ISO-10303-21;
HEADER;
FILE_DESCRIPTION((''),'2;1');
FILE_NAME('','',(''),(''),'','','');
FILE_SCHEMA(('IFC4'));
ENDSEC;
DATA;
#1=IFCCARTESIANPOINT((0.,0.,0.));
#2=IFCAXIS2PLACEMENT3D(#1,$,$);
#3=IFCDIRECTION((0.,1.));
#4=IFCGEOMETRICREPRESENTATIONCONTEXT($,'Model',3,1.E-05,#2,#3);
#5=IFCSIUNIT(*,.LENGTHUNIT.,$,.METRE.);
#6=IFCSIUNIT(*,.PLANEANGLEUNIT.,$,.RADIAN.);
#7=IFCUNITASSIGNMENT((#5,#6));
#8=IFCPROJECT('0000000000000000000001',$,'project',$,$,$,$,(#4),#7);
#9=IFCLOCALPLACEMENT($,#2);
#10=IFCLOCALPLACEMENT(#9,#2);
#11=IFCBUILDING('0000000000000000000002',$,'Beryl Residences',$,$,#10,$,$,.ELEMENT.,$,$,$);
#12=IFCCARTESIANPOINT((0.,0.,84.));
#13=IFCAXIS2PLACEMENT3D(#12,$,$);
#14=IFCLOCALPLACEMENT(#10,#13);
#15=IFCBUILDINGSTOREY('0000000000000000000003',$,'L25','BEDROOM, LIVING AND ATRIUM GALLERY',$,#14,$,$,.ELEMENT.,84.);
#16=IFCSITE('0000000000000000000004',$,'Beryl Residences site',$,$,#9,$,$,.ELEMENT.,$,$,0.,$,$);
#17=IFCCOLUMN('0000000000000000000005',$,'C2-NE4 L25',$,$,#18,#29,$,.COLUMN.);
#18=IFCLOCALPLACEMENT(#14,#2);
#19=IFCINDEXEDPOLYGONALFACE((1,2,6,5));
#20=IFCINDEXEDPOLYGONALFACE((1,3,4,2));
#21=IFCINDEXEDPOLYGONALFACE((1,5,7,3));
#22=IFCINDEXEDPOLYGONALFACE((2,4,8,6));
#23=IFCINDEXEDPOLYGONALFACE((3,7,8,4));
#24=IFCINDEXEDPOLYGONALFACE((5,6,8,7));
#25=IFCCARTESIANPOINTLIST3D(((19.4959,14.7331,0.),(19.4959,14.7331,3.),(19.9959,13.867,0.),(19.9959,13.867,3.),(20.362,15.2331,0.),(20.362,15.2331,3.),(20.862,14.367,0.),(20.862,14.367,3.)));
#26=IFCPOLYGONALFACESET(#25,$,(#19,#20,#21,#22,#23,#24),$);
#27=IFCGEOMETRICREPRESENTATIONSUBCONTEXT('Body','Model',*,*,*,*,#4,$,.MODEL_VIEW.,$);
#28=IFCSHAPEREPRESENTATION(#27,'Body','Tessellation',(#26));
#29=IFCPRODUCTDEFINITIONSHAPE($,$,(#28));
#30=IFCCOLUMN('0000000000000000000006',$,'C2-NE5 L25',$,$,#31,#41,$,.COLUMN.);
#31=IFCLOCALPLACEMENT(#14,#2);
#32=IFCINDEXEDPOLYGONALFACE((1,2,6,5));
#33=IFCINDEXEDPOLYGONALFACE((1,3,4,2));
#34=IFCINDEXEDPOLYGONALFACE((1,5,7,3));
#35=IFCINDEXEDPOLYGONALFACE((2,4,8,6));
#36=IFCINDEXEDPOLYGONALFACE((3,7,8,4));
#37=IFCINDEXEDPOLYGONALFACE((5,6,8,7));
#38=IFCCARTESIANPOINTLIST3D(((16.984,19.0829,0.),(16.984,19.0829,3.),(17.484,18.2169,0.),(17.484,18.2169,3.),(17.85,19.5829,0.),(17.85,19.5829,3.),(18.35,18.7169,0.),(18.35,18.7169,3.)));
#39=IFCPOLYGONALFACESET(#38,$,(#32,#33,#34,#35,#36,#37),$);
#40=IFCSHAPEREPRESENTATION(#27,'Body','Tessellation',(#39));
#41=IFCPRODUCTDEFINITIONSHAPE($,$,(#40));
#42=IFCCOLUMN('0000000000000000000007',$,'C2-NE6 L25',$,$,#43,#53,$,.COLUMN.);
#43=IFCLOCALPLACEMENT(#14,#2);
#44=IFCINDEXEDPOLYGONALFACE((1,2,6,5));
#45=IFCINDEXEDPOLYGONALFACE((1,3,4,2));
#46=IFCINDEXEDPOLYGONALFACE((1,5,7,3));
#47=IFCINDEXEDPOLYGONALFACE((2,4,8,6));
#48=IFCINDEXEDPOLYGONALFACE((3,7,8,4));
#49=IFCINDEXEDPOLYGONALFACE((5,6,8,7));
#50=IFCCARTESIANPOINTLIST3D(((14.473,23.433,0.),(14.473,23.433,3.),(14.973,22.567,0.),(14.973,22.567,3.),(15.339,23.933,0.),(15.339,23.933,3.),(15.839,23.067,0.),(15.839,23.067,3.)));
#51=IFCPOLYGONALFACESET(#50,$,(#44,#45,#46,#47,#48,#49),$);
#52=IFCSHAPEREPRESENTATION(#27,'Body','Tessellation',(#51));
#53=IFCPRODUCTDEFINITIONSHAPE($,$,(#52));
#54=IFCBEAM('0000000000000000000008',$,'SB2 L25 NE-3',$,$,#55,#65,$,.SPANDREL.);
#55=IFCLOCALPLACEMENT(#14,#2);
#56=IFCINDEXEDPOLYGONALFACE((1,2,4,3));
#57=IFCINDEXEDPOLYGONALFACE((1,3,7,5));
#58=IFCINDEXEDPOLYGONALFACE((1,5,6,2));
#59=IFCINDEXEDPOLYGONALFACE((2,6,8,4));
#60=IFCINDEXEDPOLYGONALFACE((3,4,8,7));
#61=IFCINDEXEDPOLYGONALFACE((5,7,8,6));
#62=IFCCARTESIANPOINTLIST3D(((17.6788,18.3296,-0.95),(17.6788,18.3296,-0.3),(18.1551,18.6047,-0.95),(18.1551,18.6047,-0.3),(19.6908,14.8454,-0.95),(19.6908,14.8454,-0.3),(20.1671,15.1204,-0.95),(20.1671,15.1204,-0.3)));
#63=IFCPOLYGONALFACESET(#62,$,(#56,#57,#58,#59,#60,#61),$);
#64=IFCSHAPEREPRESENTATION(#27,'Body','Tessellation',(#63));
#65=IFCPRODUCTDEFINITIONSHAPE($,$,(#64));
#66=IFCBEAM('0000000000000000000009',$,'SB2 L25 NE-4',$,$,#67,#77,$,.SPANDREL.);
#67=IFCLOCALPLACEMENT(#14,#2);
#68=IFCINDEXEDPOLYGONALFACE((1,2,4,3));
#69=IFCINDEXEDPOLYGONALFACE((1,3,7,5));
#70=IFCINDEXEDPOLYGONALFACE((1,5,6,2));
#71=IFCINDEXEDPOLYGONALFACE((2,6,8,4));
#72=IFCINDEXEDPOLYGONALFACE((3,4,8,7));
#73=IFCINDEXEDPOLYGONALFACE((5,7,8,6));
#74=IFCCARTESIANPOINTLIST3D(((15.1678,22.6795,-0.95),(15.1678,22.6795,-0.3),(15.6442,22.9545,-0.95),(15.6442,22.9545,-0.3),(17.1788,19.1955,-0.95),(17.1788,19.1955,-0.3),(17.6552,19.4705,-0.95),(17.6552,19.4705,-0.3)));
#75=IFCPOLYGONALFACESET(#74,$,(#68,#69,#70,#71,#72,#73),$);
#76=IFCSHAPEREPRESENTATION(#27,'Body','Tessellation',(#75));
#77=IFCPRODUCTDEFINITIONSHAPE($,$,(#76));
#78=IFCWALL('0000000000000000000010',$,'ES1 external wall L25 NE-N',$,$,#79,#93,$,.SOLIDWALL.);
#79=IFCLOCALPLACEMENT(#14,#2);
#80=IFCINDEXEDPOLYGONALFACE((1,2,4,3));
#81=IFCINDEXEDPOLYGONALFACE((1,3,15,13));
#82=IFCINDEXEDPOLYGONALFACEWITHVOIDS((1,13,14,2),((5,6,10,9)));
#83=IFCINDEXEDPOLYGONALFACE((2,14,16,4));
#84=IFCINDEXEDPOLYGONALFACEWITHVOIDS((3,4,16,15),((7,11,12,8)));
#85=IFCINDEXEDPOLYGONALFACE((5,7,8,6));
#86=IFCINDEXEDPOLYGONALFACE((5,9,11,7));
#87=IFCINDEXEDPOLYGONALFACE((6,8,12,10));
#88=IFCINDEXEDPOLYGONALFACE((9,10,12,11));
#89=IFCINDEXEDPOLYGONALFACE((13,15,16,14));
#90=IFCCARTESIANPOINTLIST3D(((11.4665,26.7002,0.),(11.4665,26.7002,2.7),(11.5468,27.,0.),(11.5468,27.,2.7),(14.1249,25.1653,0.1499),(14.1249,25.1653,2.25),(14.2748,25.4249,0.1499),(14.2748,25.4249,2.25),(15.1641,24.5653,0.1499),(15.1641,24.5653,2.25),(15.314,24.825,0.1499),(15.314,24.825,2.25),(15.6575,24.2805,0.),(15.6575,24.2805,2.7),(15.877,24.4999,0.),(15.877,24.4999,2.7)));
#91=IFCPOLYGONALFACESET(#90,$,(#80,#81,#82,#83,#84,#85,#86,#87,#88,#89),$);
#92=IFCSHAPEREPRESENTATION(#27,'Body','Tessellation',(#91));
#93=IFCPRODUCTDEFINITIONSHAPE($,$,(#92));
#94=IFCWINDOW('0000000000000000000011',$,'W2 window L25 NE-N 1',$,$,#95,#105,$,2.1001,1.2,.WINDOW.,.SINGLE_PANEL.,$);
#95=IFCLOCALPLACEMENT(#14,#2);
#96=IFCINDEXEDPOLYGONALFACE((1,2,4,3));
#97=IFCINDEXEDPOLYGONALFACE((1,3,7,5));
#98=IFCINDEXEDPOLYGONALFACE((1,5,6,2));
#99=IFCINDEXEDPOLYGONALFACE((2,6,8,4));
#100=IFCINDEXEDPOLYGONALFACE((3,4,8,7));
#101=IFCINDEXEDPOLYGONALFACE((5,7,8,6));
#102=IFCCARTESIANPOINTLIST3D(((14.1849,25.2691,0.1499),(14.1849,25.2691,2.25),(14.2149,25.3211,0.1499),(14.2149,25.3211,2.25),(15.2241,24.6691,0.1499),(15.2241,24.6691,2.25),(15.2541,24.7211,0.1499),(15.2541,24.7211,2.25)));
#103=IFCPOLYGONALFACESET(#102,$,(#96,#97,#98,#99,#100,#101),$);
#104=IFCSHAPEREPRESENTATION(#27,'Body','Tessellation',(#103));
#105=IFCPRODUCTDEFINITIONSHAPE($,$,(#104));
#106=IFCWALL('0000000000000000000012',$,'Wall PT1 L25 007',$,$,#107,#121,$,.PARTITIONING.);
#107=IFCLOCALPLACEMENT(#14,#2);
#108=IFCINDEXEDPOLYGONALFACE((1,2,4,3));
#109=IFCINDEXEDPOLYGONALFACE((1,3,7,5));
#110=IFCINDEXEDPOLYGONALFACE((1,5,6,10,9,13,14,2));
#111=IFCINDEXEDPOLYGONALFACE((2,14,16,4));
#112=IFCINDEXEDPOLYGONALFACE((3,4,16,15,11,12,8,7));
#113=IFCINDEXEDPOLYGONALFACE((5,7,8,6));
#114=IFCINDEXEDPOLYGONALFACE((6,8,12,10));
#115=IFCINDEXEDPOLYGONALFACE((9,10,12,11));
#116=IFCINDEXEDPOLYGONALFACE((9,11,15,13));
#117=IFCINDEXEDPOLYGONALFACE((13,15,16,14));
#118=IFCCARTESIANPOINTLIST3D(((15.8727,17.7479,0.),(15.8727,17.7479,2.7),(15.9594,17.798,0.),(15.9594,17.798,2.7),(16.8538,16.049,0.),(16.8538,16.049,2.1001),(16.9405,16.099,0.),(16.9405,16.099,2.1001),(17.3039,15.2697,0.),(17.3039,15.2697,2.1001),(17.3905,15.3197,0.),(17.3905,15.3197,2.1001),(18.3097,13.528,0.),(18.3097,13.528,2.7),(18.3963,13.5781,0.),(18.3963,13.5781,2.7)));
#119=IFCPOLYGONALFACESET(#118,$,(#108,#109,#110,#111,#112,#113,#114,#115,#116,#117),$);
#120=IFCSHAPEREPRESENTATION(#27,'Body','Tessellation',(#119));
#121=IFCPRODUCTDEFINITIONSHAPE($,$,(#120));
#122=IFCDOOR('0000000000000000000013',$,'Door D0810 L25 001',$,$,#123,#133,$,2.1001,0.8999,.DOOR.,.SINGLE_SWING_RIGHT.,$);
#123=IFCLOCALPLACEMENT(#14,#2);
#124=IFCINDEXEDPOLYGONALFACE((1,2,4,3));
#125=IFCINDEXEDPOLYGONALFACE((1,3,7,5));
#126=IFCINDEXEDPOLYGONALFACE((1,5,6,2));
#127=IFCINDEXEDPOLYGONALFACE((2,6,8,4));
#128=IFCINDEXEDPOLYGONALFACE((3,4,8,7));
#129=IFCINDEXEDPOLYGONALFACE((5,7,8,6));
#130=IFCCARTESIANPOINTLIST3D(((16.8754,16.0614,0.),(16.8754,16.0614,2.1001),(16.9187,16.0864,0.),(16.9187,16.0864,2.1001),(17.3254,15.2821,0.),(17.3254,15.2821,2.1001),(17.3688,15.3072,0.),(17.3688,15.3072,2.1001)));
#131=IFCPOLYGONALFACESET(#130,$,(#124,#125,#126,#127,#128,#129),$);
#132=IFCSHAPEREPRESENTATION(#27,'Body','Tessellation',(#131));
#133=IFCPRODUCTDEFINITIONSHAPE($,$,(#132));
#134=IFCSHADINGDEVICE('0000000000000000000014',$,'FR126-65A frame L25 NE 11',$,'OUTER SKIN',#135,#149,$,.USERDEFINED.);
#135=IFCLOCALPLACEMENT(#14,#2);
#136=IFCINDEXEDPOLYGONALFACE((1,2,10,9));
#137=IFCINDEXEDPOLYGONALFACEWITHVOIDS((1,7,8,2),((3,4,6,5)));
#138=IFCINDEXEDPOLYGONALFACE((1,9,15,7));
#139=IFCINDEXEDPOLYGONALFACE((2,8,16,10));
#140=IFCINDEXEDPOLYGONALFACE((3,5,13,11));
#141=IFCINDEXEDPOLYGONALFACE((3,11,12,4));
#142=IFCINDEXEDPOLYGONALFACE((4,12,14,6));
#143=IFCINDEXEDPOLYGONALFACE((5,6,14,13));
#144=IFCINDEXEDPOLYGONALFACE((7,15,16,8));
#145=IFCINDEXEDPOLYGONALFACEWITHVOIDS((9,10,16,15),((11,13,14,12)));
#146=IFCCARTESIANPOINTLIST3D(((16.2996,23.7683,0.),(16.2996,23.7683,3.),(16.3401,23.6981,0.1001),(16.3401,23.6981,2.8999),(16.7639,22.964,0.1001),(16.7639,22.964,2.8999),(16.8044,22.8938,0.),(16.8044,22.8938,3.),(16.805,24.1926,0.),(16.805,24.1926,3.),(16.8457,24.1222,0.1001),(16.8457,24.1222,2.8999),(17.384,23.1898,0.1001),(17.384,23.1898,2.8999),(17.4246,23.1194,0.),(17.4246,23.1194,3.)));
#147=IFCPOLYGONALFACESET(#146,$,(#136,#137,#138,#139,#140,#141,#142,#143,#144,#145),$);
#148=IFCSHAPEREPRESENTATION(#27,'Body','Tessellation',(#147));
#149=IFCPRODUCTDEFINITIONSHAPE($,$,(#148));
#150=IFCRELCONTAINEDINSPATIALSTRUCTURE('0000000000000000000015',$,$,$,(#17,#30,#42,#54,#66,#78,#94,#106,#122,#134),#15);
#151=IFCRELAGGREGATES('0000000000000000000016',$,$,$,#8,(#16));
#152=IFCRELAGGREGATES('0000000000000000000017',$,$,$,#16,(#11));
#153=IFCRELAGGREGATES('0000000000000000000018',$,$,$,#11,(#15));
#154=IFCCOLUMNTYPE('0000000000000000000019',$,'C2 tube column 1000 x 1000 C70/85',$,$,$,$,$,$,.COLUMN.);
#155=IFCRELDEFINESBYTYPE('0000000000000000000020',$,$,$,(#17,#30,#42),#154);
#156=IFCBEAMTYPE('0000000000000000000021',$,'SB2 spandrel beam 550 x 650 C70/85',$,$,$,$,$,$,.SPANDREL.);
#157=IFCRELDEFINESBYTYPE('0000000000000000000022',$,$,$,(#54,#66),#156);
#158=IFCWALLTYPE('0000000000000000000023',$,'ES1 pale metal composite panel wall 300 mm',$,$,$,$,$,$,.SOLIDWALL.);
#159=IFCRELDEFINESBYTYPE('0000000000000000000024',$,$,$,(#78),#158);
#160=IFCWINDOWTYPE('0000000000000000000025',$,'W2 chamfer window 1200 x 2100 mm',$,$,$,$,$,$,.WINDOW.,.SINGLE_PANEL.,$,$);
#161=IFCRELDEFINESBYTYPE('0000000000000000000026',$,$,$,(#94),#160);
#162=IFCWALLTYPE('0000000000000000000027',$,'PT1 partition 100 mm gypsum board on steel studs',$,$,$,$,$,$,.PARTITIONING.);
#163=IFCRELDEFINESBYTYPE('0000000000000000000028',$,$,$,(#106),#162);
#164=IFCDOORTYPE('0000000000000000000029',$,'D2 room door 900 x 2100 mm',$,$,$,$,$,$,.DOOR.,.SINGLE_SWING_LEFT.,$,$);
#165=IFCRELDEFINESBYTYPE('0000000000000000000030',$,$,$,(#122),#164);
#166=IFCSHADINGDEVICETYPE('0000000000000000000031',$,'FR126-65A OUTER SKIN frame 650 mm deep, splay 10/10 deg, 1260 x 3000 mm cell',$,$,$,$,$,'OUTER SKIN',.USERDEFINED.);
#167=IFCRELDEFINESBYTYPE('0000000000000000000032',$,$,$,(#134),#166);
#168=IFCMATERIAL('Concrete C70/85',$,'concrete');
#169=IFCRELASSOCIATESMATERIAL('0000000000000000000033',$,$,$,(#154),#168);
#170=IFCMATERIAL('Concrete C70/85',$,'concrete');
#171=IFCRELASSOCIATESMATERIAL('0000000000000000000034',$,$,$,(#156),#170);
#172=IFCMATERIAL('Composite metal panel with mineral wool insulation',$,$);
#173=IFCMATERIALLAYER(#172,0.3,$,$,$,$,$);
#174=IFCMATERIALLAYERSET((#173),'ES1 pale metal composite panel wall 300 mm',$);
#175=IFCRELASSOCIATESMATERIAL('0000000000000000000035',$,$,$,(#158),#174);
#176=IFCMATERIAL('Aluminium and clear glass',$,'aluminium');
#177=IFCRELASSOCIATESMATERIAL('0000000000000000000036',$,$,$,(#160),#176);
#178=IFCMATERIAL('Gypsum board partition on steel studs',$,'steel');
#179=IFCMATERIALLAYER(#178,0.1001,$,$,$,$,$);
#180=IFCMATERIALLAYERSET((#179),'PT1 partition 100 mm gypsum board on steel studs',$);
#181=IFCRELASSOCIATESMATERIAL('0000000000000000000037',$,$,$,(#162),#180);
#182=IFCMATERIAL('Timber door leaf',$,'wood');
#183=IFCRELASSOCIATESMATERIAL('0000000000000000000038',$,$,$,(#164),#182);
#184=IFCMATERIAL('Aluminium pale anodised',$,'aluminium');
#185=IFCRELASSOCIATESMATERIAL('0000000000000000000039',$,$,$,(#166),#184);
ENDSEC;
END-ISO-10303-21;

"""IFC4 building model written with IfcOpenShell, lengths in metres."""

from ifc_helpers import new_model, entity, si_unit, direction, frame, frame_2d, origin, origin_2d, place, context, subcontext, project, spatial, polyline, rectangle, outline, extrude, source, transform, mapped, material, layer, layer_set, material_profile, profile_set, type_object, type_shapes, element, fill, save


model = new_model("IFC4")

# Units and contexts
model_context = context("Model", 3, precision=1e-05, world=origin(), true_north=direction((0.0, 1.0)))
body_context = subcontext(model_context, "Body", "Model", "MODEL_VIEW")
ifc_project = project(units=[si_unit("LENGTHUNIT", "METRE"), si_unit("PLANEANGLEUNIT", "RADIAN")], contexts=[model_context])

# Site, building, storey
site_placement = place(None, origin())
site = spatial("IfcSite", under=ifc_project, at=site_placement, Name="Beryl Residences site", CompositionType="ELEMENT", RefElevation=0.0)
building_placement = place(site_placement, origin())
building = spatial("IfcBuilding", under=site, at=building_placement, Name="Beryl Residences", CompositionType="ELEMENT")
storey_placement = place(building_placement, frame((0.0, 0.0, 84.0)))
storey = spatial("IfcBuildingStorey", under=building, at=storey_placement, Name="L25", Description="BEDROOM, LIVING AND ATRIUM GALLERY", CompositionType="ELEMENT", Elevation=84.0)

# Columns
ifc_material_1 = material(Name="Concrete C70/85", Category="concrete")
ifc_material_profile_1 = material_profile(ifc_material_1, rectangle(XDim=1.0, YDim=1.0, at=origin_2d()))
ifc_profile_set_1 = profile_set([ifc_material_profile_1], Name="Concrete C70/85")
column_type = type_object("IfcColumnType", Name="C2 tube column 1000 x 1000 C70/85", PredefinedType="COLUMN", material=ifc_profile_set_1)
for number, where, z_axis, x_axis, name in (
    (1, (20.179, 14.55, 0.0), (0.0, 0.0, 1.0), (-0.5, 0.866025, 0.0), "C2-NE4 L25"),
    (2, (17.667, 18.8999, 0.0), (0.0, 0.0, 1.0), (-0.5, 0.866025, 0.0), "C2-NE5 L25"),
    (3, (15.156, 23.25, 0.0), (0.0, 0.0, 1.0), (-0.5, 0.866025, 0.0), "C2-NE6 L25"),
):
    element("IfcColumn", number, at=place(storey_placement, frame(where, z_axis=z_axis, x_axis=x_axis)), inside=storey, type_object=column_type, Name=name, PredefinedType="COLUMN", context=body_context, shape_type="SweptSolid", body=[
        extrude(rectangle(XDim=1.0, YDim=1.0, at=origin_2d()), origin(), (0.0, 0.0, 1.0), 3.0),
    ])

# Beams
ifc_material_2 = material(Name="Concrete C70/85", Category="concrete")
ifc_material_profile_2 = material_profile(ifc_material_2, rectangle(XDim=0.55, YDim=0.6499, at=origin_2d()))
ifc_profile_set_2 = profile_set([ifc_material_profile_2], Name="Concrete C70/85")
beam_type = type_object("IfcBeamType", Name="SB2 spandrel beam 550 x 650 C70/85", PredefinedType="SPANDREL", material=ifc_profile_set_2)
beam_1_placement = place(storey_placement, frame((19.929, 14.9829, -0.625), z_axis=(-0.500074, 0.865982, 0.0), x_axis=(-0.865982, -0.500074, 0.0)))
element("IfcBeam", 4, at=beam_1_placement, inside=storey, type_object=beam_type, Name="SB2 L25 NE-3", PredefinedType="SPANDREL", context=body_context, shape_type="SweptSolid", body=[
    extrude(rectangle(XDim=0.55, YDim=0.6499, at=origin_2d()), origin(), (0.0, 0.0, 1.0), 4.0234),
])
beam_2_placement = place(storey_placement, frame((17.417, 19.333, -0.625), z_axis=(-0.499919, 0.866072, 0.0), x_axis=(-0.866072, -0.499919, 0.0)))
element("IfcBeam", 5, at=beam_2_placement, inside=storey, type_object=beam_type, Name="SB2 L25 NE-4", PredefinedType="SPANDREL", context=body_context, shape_type="SweptSolid", body=[
    extrude(rectangle(XDim=0.55, YDim=0.6499, at=origin_2d()), origin(), (0.0, 0.0, 1.0), 4.0227),
])

# Wall, opening, window
ifc_material_3 = material(Name="Composite metal panel with mineral wool insulation")
ifc_layer_1 = layer(ifc_material_3, 0.3)
ifc_layer_set_1 = layer_set([ifc_layer_1], Name="ES1 pale metal composite panel wall 300 mm")
wall_type_1 = type_object("IfcWallType", Name="ES1 pale metal composite panel wall 300 mm", PredefinedType="SOLIDWALL", material=ifc_layer_set_1)
wall_1_placement = place(storey_placement, frame((15.802, 24.3701, 0.0), z_axis=(0.0, 0.0, 1.0), x_axis=(-0.866023, 0.500004, 0.0)))
wall_1 = element("IfcWall", 6, at=wall_1_placement, inside=storey, type_object=wall_type_1, Name="ES1 external wall L25 NE-N", PredefinedType="SOLIDWALL", context=body_context, shape_type="SweptSolid", body=[
    extrude(outline(polyline([(0.0, -0.1499), (5.0, -0.1499), (4.9197, 0.1499), (0.0803, 0.1499), (0.0, -0.1499)])), origin(), (0.0, 0.0, 1.0), 2.7),
])
opening_1_placement = place(wall_1_placement, frame((0.6499, 0.0, 0.1499)))
opening_1 = element("IfcOpeningElement", 7, at=opening_1_placement, cuts=wall_1, PredefinedType="OPENING", context=body_context, shape_type="SweptSolid", body=[
    extrude(rectangle(XDim=1.2, YDim=2.1001, at=frame_2d((0.6001, 1.05))), frame((0.0, 0.1599, 0.0), z_axis=(0.0, -1.0, 0.0), x_axis=(1.0, 0.0, 0.0)), (0.0, 0.0, 1.0), 0.3201),
])
ifc_material_4 = material(Name="Aluminium and clear glass", Category="aluminium")
window_type = type_object("IfcWindowType", Name="W2 chamfer window 1200 x 2100 mm", PartitioningType="SINGLE_PANEL", PredefinedType="WINDOW", material=ifc_material_4)
window_placement = place(opening_1_placement, origin())
window = element("IfcWindow", 8, at=window_placement, inside=storey, type_object=window_type, Name="W2 window L25 NE-N 1", OverallHeight=2.1001, OverallWidth=1.2, PartitioningType="SINGLE_PANEL", PredefinedType="WINDOW", context=body_context, shape_type="SweptSolid", body=[
    extrude(rectangle(XDim=1.2, YDim=2.1001, at=frame_2d((0.6001, 1.05))), frame((0.0, 0.03, 0.0), z_axis=(0.0, -1.0, 0.0), x_axis=(1.0, 0.0, 0.0)), (0.0, 0.0, 1.0), 0.0601),
])
fill(opening_1, window)

# Wall, opening, door
ifc_material_5 = material(Name="Gypsum board partition on steel studs", Category="steel")
ifc_layer_2 = layer(ifc_material_5, 0.1001)
ifc_layer_set_2 = layer_set([ifc_layer_2], Name="PT1 partition 100 mm gypsum board on steel studs")
wall_type_2 = type_object("IfcWallType", Name="PT1 partition 100 mm gypsum board on steel studs", PredefinedType="PARTITIONING", material=ifc_layer_set_2)
wall_2_placement = place(storey_placement, frame((15.916, 17.7729, 0.0), z_axis=(0.0, 0.0, 1.0), x_axis=(0.500094, -0.865971, 0.0)))
wall_2 = element("IfcWall", 9, at=wall_2_placement, inside=storey, type_object=wall_type_2, Name="Wall PT1 L25 007", PredefinedType="PARTITIONING", context=body_context, shape_type="SweptSolid", body=[
    extrude(rectangle(XDim=4.873, YDim=0.1001, at=frame_2d((2.4365, 0.0))), origin(), (0.0, 0.0, 1.0), 2.7),
])
opening_2_placement = place(wall_2_placement, frame((1.9619, 0.0, 0.0)))
opening_2 = element("IfcOpeningElement", 10, at=opening_2_placement, cuts=wall_2, PredefinedType="OPENING", context=body_context, shape_type="SweptSolid", body=[
    extrude(rectangle(XDim=0.8999, YDim=2.1001, at=frame_2d((0.45, 1.05))), frame((0.0, 0.0601, 0.0), z_axis=(0.0, -1.0, 0.0), x_axis=(1.0, 0.0, 0.0)), (0.0, 0.0, 1.0), 0.1201),
])
ifc_material_6 = material(Name="Timber door leaf", Category="wood")
door_type = type_object("IfcDoorType", Name="D2 room door 900 x 2100 mm", OperationType="SINGLE_SWING_LEFT", PredefinedType="DOOR", material=ifc_material_6)
door_placement = place(opening_2_placement, origin())
door = element("IfcDoor", 11, at=door_placement, inside=storey, type_object=door_type, Name="Door D0810 L25 001", OperationType="SINGLE_SWING_RIGHT", OverallHeight=2.1001, OverallWidth=0.8999, PredefinedType="DOOR", context=body_context, shape_type="SweptSolid", body=[
    extrude(rectangle(XDim=0.8999, YDim=2.1001, at=frame_2d((0.45, 1.05))), frame((0.0, 0.0249, 0.0), z_axis=(0.0, -1.0, 0.0), x_axis=(1.0, 0.0, 0.0)), (0.0, 0.0, 1.0), 0.05),
])
fill(opening_2, door)

# Shading device
ifc_material_7 = material(Name="Aluminium pale anodised", Category="aluminium")
shading_device_type_1 = type_object("IfcShadingDeviceType", Name="FR126-65A OUTER SKIN frame 650 mm deep, splay 10/10 deg, 1260 x 3000 mm cell", ElementType="OUTER SKIN", PredefinedType="USERDEFINED", material=ifc_material_7)
cartesian_point_1 = entity("IfcCartesianPoint", [-0.5049, 0.0])
cartesian_point_2 = entity("IfcCartesianPoint", [-0.4238, 0.1001])
cartesian_point_3 = entity("IfcCartesianPoint", [-0.6196, 0.0])
cartesian_point_4 = entity("IfcCartesianPoint", [-0.5383, 0.1001])
shared_shape_1 = source(origin(), body_context, "Body", "SweptSolid", [
    entity("IfcExtrudedAreaSolidTapered", entity("IfcArbitraryProfileDefWithVoids", "AREA", None, entity("IfcPolyline", [cartesian_point_1, entity("IfcCartesianPoint", [0.5049, 0.0]), entity("IfcCartesianPoint", [0.5049, 3.0]), entity("IfcCartesianPoint", [-0.5049, 3.0]), cartesian_point_1]), [entity("IfcPolyline", [cartesian_point_2, entity("IfcCartesianPoint", [0.4238, 0.1001]), entity("IfcCartesianPoint", [0.4238, 2.8999]), entity("IfcCartesianPoint", [-0.4238, 2.8999]), cartesian_point_2])]), entity("IfcAxis2Placement3D", entity("IfcCartesianPoint", [0.0, 0.0, 0.0]), entity("IfcDirection", [0.0, 1.0, 0.0]), entity("IfcDirection", [-1.0, 0.0, 0.0])), entity("IfcDirection", [0.0, 0.0, 1.0]), 0.6499, entity("IfcArbitraryProfileDefWithVoids", "AREA", None, entity("IfcPolyline", [cartesian_point_3, entity("IfcCartesianPoint", [0.6196, 0.0]), entity("IfcCartesianPoint", [0.6196, 3.0]), entity("IfcCartesianPoint", [-0.6196, 3.0]), cartesian_point_3]), [entity("IfcPolyline", [cartesian_point_4, entity("IfcCartesianPoint", [0.5383, 0.1001]), entity("IfcCartesianPoint", [0.5383, 2.8999]), entity("IfcCartesianPoint", [-0.5383, 2.8999]), cartesian_point_4])])),
])
type_shapes(shading_device_type_1, [shared_shape_1])
shading_device_placement = place(storey_placement, frame((16.552, 23.3311, 0.0), z_axis=(0.0, 0.0, 1.0), x_axis=(0.5, -0.866025, 0.0)))
element("IfcShadingDevice", 12, at=shading_device_placement, inside=storey, type_object=shading_device_type_1, Name="FR126-65A frame L25 NE 11", ObjectType="OUTER SKIN", PredefinedType="USERDEFINED", context=body_context, shape_type="MappedRepresentation", body=[
    mapped(shared_shape_1, transform((0.0, 0.0, 0.0))),
])

save(model, "model.ifc")
